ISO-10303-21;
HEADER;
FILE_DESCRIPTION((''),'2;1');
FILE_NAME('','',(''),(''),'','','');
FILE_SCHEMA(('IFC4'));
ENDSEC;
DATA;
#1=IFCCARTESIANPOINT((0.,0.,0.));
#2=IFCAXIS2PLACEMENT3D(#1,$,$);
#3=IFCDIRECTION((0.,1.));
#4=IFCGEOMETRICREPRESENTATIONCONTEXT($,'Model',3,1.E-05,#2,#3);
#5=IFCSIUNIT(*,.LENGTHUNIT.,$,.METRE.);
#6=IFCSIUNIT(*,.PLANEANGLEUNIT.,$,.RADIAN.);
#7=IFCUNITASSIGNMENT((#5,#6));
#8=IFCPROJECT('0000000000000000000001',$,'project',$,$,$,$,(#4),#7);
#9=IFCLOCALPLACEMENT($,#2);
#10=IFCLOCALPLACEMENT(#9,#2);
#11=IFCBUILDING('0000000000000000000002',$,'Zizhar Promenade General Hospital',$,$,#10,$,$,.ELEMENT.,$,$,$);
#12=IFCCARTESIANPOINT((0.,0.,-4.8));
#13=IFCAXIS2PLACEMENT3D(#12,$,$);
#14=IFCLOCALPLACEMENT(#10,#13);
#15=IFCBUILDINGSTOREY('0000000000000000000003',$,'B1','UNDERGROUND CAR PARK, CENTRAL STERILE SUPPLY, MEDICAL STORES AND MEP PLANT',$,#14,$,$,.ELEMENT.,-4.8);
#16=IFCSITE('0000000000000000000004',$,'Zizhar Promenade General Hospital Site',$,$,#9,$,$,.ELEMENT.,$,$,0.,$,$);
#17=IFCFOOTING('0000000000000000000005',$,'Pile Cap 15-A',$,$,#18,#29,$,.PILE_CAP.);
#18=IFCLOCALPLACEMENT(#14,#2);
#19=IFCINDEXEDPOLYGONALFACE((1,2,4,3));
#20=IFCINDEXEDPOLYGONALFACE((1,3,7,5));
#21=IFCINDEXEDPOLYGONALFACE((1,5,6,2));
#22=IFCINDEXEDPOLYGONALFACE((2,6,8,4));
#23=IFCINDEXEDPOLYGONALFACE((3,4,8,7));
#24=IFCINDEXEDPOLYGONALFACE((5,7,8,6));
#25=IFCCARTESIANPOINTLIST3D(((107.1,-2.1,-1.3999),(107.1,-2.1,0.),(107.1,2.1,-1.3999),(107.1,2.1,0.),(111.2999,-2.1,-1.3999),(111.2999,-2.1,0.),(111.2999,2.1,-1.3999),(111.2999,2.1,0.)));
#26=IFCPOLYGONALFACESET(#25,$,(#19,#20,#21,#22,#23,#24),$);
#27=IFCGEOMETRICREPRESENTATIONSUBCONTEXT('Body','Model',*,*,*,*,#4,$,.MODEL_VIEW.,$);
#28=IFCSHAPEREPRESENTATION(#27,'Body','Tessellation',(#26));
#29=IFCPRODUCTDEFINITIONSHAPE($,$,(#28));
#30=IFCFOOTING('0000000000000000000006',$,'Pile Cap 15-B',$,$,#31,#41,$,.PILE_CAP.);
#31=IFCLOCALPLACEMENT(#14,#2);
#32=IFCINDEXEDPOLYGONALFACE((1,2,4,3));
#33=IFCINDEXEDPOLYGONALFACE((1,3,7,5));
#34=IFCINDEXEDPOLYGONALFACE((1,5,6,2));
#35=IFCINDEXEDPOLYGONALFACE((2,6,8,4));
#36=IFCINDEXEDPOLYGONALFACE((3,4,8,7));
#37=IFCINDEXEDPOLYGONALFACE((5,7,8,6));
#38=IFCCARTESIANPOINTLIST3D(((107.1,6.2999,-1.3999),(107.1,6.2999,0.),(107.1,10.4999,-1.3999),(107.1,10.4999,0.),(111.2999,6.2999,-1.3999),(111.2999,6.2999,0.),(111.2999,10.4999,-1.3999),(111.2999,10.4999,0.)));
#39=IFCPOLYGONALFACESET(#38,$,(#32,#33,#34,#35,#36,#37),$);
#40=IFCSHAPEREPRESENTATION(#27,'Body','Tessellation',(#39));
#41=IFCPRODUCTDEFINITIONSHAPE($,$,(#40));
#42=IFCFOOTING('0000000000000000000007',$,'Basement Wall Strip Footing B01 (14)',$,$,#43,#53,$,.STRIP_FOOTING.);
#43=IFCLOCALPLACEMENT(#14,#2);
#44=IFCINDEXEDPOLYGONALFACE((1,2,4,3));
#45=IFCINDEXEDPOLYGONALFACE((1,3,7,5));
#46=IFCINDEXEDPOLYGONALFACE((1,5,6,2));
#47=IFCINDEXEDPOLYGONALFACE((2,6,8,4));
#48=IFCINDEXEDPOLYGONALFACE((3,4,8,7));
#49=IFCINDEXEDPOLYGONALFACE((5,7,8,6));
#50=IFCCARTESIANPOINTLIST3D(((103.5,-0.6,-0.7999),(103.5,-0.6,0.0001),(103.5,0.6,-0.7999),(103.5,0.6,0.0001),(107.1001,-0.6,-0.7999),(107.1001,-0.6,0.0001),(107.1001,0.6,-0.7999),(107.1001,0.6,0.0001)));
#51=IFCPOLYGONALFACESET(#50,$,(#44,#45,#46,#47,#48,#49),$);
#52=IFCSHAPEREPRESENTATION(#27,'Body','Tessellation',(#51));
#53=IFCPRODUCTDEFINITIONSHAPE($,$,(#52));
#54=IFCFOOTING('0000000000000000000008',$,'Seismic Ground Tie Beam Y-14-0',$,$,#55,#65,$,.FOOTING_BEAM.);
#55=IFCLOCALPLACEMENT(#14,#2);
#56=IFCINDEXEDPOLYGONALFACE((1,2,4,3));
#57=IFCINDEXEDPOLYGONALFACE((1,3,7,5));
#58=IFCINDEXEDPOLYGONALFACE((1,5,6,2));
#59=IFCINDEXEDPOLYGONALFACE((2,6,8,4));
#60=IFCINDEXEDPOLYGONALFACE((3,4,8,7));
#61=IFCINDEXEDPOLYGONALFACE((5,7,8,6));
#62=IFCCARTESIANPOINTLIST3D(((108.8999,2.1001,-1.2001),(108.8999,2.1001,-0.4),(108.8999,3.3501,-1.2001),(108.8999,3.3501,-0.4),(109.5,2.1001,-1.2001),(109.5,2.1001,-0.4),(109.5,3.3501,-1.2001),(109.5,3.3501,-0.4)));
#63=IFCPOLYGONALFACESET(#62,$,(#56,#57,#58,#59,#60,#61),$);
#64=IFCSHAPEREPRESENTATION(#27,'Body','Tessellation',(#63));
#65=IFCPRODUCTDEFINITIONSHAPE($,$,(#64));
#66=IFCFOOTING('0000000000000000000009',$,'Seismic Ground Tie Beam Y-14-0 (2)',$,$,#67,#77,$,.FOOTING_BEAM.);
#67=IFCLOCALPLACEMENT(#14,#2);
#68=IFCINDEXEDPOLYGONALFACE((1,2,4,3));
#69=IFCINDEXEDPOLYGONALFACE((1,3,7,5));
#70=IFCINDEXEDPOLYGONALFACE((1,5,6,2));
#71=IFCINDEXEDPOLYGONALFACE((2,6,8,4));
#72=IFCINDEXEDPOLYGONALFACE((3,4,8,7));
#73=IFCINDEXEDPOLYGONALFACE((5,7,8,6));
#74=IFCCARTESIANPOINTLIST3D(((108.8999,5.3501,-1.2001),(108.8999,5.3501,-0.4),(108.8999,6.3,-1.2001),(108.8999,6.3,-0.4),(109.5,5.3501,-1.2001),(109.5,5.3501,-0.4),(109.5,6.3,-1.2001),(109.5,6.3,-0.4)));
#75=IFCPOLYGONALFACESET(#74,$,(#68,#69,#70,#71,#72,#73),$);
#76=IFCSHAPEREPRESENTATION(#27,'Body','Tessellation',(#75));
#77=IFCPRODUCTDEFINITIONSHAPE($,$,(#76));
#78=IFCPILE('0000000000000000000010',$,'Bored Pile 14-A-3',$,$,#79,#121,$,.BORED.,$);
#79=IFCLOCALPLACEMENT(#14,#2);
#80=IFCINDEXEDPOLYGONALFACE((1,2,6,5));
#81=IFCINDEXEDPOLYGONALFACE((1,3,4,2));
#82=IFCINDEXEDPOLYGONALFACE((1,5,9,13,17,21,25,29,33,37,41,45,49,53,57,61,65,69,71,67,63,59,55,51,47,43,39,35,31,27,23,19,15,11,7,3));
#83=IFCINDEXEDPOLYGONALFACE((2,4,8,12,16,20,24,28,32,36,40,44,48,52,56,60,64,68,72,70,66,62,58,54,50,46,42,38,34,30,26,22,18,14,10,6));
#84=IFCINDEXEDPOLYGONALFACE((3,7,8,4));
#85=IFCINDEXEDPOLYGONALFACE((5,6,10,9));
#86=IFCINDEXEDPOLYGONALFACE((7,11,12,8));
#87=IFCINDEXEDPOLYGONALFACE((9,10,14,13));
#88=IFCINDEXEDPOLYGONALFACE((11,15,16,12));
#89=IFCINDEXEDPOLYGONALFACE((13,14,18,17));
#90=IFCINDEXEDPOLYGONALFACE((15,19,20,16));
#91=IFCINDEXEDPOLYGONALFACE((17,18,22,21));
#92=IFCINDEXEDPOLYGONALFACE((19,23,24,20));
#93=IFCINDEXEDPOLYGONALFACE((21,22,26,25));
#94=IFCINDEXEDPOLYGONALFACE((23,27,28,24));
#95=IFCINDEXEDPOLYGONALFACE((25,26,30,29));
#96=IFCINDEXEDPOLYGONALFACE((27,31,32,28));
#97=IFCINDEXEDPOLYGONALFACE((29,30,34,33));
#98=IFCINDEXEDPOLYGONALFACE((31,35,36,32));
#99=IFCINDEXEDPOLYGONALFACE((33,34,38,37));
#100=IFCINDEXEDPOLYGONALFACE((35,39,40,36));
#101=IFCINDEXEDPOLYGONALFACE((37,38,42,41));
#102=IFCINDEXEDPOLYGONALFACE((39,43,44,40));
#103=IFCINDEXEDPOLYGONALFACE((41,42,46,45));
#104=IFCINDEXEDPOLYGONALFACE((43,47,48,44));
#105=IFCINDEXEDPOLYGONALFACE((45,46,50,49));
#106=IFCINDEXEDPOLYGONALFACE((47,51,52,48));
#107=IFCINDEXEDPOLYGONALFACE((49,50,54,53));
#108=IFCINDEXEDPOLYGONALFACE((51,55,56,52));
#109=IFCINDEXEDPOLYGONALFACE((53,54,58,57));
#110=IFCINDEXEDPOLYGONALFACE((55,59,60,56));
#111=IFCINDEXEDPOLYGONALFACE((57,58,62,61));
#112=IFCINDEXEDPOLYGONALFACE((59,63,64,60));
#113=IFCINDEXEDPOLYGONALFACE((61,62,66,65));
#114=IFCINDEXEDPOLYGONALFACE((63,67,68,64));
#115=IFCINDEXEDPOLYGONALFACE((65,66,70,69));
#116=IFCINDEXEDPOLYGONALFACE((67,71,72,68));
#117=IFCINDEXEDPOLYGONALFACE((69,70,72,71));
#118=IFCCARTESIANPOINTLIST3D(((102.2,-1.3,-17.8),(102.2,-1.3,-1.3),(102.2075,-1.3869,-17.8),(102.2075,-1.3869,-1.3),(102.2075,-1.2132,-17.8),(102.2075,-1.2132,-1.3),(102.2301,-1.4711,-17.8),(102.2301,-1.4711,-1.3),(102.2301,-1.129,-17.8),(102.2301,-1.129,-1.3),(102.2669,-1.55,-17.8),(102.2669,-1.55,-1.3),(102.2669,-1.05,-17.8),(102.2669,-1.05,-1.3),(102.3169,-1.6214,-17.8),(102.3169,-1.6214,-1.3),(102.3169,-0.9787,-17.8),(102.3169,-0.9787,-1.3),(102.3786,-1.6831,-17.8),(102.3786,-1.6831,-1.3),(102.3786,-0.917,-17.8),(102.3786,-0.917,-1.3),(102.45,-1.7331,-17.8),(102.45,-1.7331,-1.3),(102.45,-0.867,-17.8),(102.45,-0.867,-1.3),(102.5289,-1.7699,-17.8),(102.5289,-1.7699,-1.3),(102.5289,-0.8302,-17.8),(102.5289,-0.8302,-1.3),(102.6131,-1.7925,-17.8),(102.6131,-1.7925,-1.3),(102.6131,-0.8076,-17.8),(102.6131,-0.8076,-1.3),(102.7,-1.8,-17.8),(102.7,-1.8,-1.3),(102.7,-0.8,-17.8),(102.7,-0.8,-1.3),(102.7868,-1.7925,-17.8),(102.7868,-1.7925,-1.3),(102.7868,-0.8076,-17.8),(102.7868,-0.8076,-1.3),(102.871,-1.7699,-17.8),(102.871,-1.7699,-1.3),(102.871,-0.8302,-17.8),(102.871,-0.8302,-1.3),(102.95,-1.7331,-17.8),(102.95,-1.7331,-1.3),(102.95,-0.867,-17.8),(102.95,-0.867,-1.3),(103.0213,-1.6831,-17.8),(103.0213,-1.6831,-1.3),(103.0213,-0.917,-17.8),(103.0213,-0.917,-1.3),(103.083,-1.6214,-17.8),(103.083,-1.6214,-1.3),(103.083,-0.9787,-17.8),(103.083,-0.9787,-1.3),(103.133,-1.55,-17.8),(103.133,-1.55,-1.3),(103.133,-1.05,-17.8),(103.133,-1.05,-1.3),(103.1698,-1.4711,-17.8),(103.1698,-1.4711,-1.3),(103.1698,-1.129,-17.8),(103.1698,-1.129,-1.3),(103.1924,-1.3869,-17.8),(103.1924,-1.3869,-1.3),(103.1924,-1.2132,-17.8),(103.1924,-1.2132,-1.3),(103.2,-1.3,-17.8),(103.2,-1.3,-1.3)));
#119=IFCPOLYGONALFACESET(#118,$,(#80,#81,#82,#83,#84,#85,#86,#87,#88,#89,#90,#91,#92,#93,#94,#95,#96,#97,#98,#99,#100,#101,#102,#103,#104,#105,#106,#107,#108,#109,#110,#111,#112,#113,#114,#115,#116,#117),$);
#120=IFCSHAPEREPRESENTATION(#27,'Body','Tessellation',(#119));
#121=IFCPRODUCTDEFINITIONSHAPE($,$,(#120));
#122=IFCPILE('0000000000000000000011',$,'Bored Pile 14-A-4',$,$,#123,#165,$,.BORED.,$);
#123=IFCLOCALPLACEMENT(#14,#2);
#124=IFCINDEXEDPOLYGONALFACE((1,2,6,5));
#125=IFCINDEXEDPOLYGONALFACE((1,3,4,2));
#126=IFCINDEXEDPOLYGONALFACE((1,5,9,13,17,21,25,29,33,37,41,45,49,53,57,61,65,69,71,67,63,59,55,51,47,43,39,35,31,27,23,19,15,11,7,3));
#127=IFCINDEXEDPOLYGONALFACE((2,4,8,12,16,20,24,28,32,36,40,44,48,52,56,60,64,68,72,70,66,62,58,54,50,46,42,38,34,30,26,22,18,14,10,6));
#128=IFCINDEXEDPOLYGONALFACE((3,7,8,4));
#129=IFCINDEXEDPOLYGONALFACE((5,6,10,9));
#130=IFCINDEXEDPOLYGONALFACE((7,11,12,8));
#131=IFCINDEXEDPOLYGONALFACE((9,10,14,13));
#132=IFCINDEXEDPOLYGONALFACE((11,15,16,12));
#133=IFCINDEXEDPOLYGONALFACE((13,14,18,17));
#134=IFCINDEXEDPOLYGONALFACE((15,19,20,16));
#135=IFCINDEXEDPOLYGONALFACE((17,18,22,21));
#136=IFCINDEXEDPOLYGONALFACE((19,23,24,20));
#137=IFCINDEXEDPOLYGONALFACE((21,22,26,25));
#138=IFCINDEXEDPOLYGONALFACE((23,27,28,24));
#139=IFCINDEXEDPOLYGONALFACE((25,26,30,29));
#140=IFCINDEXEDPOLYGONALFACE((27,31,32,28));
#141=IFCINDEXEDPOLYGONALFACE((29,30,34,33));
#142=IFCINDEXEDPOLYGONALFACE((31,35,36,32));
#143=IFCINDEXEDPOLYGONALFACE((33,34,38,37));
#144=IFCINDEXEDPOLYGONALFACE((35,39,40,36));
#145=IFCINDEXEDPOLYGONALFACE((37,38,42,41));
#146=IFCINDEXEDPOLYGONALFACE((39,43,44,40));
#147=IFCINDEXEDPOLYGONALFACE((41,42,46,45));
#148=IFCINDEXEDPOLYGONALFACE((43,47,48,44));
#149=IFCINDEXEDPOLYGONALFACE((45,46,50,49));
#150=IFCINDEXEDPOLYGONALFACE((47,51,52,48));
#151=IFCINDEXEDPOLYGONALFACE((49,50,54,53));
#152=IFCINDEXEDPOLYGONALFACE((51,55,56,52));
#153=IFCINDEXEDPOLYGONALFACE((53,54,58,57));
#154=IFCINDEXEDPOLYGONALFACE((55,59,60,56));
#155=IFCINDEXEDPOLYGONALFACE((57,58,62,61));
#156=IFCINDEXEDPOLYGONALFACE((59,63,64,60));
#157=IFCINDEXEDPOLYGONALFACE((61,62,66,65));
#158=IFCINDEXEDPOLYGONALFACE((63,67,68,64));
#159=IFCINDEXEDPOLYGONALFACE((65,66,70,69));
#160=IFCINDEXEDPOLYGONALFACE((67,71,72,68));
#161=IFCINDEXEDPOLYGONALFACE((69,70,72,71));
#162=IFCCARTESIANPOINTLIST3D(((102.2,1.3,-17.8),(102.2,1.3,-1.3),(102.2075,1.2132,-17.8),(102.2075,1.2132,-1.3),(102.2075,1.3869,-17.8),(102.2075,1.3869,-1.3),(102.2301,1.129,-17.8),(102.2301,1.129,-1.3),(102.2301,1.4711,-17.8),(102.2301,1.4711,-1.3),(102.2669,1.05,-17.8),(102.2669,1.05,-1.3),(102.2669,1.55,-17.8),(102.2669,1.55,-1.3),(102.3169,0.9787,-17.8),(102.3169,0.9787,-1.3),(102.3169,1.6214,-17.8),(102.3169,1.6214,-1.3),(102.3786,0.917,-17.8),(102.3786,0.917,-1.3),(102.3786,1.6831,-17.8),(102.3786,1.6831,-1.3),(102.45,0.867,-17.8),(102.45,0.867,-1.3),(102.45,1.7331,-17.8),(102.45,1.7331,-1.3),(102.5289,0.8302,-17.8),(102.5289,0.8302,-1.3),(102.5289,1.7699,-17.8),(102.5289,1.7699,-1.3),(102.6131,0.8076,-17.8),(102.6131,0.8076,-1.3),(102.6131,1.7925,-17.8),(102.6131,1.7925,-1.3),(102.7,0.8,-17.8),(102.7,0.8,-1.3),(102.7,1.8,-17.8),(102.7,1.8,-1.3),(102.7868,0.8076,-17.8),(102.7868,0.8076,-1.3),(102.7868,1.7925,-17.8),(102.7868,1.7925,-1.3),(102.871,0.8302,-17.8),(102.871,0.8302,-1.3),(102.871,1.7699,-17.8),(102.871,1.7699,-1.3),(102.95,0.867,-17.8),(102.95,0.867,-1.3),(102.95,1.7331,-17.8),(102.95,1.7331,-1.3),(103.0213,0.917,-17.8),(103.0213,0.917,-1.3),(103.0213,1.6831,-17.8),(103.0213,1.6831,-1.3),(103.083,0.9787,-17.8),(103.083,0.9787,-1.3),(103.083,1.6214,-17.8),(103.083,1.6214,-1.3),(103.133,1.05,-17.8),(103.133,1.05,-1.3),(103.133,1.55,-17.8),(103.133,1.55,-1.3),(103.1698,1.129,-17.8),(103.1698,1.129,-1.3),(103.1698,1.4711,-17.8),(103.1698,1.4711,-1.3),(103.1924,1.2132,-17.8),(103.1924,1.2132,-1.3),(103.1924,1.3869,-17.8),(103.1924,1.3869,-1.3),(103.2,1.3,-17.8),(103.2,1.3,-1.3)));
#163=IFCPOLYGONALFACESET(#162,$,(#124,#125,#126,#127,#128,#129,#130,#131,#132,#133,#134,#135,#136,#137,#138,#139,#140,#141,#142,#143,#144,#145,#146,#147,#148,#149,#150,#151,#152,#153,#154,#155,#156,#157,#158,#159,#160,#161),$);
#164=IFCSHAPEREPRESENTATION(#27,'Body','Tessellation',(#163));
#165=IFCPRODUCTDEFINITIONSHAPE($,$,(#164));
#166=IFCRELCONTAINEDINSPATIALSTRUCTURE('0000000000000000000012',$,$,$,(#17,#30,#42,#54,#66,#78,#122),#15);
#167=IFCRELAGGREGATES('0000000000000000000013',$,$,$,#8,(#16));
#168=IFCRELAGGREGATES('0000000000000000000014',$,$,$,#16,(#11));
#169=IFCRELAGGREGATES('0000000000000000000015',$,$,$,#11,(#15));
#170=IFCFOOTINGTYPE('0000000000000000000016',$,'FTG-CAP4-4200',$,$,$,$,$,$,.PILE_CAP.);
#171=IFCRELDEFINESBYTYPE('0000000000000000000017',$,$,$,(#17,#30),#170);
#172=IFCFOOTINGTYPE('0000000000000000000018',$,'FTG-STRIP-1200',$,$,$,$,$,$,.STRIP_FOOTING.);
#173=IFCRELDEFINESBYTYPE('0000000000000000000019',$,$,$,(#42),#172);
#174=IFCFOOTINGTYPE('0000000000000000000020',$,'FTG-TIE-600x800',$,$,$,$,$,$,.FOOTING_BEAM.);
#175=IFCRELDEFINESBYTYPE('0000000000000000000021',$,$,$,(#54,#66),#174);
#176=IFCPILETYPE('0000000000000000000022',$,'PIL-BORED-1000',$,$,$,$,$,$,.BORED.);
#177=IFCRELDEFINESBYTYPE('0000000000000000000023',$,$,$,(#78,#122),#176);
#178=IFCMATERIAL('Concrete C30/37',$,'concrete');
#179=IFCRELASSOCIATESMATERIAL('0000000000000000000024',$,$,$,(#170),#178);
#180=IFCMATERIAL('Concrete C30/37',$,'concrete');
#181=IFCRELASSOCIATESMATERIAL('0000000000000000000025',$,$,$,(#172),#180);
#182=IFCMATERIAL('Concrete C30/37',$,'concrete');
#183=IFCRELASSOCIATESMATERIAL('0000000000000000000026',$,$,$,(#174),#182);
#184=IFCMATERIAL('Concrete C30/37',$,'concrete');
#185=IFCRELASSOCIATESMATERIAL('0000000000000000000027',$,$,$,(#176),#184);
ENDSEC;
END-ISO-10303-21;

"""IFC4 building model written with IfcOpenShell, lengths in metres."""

from ifc_helpers import new_model, si_unit, direction, frame, origin, origin_2d, place, context, subcontext, project, spatial, rectangle, circle, extrude, material, material_profile, profile_set, type_object, element, save


model = new_model("IFC4")

# Units and contexts
model_context = context("Model", 3, precision=1e-05, world=origin(), true_north=direction((0.0, 1.0)))
body_context = subcontext(model_context, "Body", "Model", "MODEL_VIEW")
ifc_project = project(units=[si_unit("LENGTHUNIT", "METRE"), si_unit("PLANEANGLEUNIT", "RADIAN")], contexts=[model_context])

# Site, building, storey
site_placement = place(None, origin())
site = spatial("IfcSite", under=ifc_project, at=site_placement, Name="Zizhar Promenade General Hospital Site", CompositionType="ELEMENT", RefElevation=0.0)
building_placement = place(site_placement, origin())
building = spatial("IfcBuilding", under=site, at=building_placement, Name="Zizhar Promenade General Hospital", CompositionType="ELEMENT")
storey_placement = place(building_placement, frame((0.0, 0.0, -4.8)))
storey = spatial("IfcBuildingStorey", under=building, at=storey_placement, Name="B1", Description="UNDERGROUND CAR PARK, CENTRAL STERILE SUPPLY, MEDICAL STORES AND MEP PLANT", CompositionType="ELEMENT", Elevation=-4.8)

# Footings
ifc_material_1 = material(Name="Concrete C30/37", Category="concrete")
footing_type_1 = type_object("IfcFootingType", Name="FTG-CAP4-4200", PredefinedType="PILE_CAP", material=ifc_material_1)
for number, where, z_axis, x_axis, name in (
    (1, (109.2, 0.0, -1.3999), (0.0, 0.0, 1.0), (1.0, 0.0, 0.0), "Pile Cap 15-A"),
    (2, (109.2, 8.3999, -1.3999), (0.0, 0.0, 1.0), (1.0, 0.0, 0.0), "Pile Cap 15-B"),
):
    element("IfcFooting", number, at=place(storey_placement, frame(where, z_axis=z_axis, x_axis=x_axis)), inside=storey, type_object=footing_type_1, Name=name, PredefinedType="PILE_CAP", context=body_context, shape_type="SweptSolid", body=[
        extrude(rectangle(XDim=4.2, YDim=4.2, at=origin_2d()), origin(), (0.0, 0.0, 1.0), 1.3999),
    ])
ifc_material_2 = material(Name="Concrete C30/37", Category="concrete")
ifc_material_profile_1 = material_profile(ifc_material_2, rectangle(XDim=1.2, YDim=0.8, at=origin_2d()))
ifc_profile_set_1 = profile_set([ifc_material_profile_1], Name="Concrete C30/37")
footing_type_2 = type_object("IfcFootingType", Name="FTG-STRIP-1200", PredefinedType="STRIP_FOOTING", material=ifc_profile_set_1)
footing_1_placement = place(storey_placement, frame((103.5, 0.0, -0.3999), z_axis=(1.0, 0.0, 0.0), x_axis=(0.0, 1.0, 0.0)))
element("IfcFooting", 3, at=footing_1_placement, inside=storey, type_object=footing_type_2, Name="Basement Wall Strip Footing B01 (14)", PredefinedType="STRIP_FOOTING", context=body_context, shape_type="SweptSolid", body=[
    extrude(rectangle(XDim=1.2, YDim=0.8, at=origin_2d()), origin(), (0.0, 0.0, 1.0), 3.6001),
])
ifc_material_3 = material(Name="Concrete C30/37", Category="concrete")
ifc_material_profile_2 = material_profile(ifc_material_3, rectangle(XDim=0.6001, YDim=0.8, at=origin_2d()))
ifc_profile_set_2 = profile_set([ifc_material_profile_2], Name="Concrete C30/37")
footing_type_3 = type_object("IfcFootingType", Name="FTG-TIE-600x800", PredefinedType="FOOTING_BEAM", material=ifc_profile_set_2)
footing_2_placement = place(storey_placement, frame((109.2, 2.1001, -0.8), z_axis=(0.0, 1.0, 0.0), x_axis=(-1.0, 0.0, 0.0)))
element("IfcFooting", 4, at=footing_2_placement, inside=storey, type_object=footing_type_3, Name="Seismic Ground Tie Beam Y-14-0", PredefinedType="FOOTING_BEAM", context=body_context, shape_type="SweptSolid", body=[
    extrude(rectangle(XDim=0.6001, YDim=0.8, at=origin_2d()), origin(), (0.0, 0.0, 1.0), 1.25),
])
footing_3_placement = place(storey_placement, frame((109.2, 5.3501, -0.8), z_axis=(0.0, 1.0, 0.0), x_axis=(-1.0, 0.0, 0.0)))
element("IfcFooting", 5, at=footing_3_placement, inside=storey, type_object=footing_type_3, Name="Seismic Ground Tie Beam Y-14-0 (2)", PredefinedType="FOOTING_BEAM", context=body_context, shape_type="SweptSolid", body=[
    extrude(rectangle(XDim=0.6001, YDim=0.8, at=origin_2d()), origin(), (0.0, 0.0, 1.0), 0.95),
])

# Piles
ifc_material_4 = material(Name="Concrete C30/37", Category="concrete")
ifc_material_profile_3 = material_profile(ifc_material_4, circle(Radius=0.5, at=origin_2d()))
ifc_profile_set_3 = profile_set([ifc_material_profile_3], Name="Concrete C30/37")
pile_type = type_object("IfcPileType", Name="PIL-BORED-1000", PredefinedType="BORED", material=ifc_profile_set_3)
for number, where, z_axis, x_axis, name in (
    (6, (102.7, -1.3, -1.3), (0.0, 0.0, -1.0), (1.0, 0.0, 0.0), "Bored Pile 14-A-3"),
    (7, (102.7, 1.3, -1.3), (0.0, 0.0, -1.0), (1.0, 0.0, 0.0), "Bored Pile 14-A-4"),
):
    element("IfcPile", number, at=place(storey_placement, frame(where, z_axis=z_axis, x_axis=x_axis)), inside=storey, type_object=pile_type, Name=name, PredefinedType="BORED", context=body_context, shape_type="SweptSolid", body=[
        extrude(circle(Radius=0.5, at=origin_2d()), origin(), (0.0, 0.0, 1.0), 16.5),
    ])

save(model, "model.ifc")
